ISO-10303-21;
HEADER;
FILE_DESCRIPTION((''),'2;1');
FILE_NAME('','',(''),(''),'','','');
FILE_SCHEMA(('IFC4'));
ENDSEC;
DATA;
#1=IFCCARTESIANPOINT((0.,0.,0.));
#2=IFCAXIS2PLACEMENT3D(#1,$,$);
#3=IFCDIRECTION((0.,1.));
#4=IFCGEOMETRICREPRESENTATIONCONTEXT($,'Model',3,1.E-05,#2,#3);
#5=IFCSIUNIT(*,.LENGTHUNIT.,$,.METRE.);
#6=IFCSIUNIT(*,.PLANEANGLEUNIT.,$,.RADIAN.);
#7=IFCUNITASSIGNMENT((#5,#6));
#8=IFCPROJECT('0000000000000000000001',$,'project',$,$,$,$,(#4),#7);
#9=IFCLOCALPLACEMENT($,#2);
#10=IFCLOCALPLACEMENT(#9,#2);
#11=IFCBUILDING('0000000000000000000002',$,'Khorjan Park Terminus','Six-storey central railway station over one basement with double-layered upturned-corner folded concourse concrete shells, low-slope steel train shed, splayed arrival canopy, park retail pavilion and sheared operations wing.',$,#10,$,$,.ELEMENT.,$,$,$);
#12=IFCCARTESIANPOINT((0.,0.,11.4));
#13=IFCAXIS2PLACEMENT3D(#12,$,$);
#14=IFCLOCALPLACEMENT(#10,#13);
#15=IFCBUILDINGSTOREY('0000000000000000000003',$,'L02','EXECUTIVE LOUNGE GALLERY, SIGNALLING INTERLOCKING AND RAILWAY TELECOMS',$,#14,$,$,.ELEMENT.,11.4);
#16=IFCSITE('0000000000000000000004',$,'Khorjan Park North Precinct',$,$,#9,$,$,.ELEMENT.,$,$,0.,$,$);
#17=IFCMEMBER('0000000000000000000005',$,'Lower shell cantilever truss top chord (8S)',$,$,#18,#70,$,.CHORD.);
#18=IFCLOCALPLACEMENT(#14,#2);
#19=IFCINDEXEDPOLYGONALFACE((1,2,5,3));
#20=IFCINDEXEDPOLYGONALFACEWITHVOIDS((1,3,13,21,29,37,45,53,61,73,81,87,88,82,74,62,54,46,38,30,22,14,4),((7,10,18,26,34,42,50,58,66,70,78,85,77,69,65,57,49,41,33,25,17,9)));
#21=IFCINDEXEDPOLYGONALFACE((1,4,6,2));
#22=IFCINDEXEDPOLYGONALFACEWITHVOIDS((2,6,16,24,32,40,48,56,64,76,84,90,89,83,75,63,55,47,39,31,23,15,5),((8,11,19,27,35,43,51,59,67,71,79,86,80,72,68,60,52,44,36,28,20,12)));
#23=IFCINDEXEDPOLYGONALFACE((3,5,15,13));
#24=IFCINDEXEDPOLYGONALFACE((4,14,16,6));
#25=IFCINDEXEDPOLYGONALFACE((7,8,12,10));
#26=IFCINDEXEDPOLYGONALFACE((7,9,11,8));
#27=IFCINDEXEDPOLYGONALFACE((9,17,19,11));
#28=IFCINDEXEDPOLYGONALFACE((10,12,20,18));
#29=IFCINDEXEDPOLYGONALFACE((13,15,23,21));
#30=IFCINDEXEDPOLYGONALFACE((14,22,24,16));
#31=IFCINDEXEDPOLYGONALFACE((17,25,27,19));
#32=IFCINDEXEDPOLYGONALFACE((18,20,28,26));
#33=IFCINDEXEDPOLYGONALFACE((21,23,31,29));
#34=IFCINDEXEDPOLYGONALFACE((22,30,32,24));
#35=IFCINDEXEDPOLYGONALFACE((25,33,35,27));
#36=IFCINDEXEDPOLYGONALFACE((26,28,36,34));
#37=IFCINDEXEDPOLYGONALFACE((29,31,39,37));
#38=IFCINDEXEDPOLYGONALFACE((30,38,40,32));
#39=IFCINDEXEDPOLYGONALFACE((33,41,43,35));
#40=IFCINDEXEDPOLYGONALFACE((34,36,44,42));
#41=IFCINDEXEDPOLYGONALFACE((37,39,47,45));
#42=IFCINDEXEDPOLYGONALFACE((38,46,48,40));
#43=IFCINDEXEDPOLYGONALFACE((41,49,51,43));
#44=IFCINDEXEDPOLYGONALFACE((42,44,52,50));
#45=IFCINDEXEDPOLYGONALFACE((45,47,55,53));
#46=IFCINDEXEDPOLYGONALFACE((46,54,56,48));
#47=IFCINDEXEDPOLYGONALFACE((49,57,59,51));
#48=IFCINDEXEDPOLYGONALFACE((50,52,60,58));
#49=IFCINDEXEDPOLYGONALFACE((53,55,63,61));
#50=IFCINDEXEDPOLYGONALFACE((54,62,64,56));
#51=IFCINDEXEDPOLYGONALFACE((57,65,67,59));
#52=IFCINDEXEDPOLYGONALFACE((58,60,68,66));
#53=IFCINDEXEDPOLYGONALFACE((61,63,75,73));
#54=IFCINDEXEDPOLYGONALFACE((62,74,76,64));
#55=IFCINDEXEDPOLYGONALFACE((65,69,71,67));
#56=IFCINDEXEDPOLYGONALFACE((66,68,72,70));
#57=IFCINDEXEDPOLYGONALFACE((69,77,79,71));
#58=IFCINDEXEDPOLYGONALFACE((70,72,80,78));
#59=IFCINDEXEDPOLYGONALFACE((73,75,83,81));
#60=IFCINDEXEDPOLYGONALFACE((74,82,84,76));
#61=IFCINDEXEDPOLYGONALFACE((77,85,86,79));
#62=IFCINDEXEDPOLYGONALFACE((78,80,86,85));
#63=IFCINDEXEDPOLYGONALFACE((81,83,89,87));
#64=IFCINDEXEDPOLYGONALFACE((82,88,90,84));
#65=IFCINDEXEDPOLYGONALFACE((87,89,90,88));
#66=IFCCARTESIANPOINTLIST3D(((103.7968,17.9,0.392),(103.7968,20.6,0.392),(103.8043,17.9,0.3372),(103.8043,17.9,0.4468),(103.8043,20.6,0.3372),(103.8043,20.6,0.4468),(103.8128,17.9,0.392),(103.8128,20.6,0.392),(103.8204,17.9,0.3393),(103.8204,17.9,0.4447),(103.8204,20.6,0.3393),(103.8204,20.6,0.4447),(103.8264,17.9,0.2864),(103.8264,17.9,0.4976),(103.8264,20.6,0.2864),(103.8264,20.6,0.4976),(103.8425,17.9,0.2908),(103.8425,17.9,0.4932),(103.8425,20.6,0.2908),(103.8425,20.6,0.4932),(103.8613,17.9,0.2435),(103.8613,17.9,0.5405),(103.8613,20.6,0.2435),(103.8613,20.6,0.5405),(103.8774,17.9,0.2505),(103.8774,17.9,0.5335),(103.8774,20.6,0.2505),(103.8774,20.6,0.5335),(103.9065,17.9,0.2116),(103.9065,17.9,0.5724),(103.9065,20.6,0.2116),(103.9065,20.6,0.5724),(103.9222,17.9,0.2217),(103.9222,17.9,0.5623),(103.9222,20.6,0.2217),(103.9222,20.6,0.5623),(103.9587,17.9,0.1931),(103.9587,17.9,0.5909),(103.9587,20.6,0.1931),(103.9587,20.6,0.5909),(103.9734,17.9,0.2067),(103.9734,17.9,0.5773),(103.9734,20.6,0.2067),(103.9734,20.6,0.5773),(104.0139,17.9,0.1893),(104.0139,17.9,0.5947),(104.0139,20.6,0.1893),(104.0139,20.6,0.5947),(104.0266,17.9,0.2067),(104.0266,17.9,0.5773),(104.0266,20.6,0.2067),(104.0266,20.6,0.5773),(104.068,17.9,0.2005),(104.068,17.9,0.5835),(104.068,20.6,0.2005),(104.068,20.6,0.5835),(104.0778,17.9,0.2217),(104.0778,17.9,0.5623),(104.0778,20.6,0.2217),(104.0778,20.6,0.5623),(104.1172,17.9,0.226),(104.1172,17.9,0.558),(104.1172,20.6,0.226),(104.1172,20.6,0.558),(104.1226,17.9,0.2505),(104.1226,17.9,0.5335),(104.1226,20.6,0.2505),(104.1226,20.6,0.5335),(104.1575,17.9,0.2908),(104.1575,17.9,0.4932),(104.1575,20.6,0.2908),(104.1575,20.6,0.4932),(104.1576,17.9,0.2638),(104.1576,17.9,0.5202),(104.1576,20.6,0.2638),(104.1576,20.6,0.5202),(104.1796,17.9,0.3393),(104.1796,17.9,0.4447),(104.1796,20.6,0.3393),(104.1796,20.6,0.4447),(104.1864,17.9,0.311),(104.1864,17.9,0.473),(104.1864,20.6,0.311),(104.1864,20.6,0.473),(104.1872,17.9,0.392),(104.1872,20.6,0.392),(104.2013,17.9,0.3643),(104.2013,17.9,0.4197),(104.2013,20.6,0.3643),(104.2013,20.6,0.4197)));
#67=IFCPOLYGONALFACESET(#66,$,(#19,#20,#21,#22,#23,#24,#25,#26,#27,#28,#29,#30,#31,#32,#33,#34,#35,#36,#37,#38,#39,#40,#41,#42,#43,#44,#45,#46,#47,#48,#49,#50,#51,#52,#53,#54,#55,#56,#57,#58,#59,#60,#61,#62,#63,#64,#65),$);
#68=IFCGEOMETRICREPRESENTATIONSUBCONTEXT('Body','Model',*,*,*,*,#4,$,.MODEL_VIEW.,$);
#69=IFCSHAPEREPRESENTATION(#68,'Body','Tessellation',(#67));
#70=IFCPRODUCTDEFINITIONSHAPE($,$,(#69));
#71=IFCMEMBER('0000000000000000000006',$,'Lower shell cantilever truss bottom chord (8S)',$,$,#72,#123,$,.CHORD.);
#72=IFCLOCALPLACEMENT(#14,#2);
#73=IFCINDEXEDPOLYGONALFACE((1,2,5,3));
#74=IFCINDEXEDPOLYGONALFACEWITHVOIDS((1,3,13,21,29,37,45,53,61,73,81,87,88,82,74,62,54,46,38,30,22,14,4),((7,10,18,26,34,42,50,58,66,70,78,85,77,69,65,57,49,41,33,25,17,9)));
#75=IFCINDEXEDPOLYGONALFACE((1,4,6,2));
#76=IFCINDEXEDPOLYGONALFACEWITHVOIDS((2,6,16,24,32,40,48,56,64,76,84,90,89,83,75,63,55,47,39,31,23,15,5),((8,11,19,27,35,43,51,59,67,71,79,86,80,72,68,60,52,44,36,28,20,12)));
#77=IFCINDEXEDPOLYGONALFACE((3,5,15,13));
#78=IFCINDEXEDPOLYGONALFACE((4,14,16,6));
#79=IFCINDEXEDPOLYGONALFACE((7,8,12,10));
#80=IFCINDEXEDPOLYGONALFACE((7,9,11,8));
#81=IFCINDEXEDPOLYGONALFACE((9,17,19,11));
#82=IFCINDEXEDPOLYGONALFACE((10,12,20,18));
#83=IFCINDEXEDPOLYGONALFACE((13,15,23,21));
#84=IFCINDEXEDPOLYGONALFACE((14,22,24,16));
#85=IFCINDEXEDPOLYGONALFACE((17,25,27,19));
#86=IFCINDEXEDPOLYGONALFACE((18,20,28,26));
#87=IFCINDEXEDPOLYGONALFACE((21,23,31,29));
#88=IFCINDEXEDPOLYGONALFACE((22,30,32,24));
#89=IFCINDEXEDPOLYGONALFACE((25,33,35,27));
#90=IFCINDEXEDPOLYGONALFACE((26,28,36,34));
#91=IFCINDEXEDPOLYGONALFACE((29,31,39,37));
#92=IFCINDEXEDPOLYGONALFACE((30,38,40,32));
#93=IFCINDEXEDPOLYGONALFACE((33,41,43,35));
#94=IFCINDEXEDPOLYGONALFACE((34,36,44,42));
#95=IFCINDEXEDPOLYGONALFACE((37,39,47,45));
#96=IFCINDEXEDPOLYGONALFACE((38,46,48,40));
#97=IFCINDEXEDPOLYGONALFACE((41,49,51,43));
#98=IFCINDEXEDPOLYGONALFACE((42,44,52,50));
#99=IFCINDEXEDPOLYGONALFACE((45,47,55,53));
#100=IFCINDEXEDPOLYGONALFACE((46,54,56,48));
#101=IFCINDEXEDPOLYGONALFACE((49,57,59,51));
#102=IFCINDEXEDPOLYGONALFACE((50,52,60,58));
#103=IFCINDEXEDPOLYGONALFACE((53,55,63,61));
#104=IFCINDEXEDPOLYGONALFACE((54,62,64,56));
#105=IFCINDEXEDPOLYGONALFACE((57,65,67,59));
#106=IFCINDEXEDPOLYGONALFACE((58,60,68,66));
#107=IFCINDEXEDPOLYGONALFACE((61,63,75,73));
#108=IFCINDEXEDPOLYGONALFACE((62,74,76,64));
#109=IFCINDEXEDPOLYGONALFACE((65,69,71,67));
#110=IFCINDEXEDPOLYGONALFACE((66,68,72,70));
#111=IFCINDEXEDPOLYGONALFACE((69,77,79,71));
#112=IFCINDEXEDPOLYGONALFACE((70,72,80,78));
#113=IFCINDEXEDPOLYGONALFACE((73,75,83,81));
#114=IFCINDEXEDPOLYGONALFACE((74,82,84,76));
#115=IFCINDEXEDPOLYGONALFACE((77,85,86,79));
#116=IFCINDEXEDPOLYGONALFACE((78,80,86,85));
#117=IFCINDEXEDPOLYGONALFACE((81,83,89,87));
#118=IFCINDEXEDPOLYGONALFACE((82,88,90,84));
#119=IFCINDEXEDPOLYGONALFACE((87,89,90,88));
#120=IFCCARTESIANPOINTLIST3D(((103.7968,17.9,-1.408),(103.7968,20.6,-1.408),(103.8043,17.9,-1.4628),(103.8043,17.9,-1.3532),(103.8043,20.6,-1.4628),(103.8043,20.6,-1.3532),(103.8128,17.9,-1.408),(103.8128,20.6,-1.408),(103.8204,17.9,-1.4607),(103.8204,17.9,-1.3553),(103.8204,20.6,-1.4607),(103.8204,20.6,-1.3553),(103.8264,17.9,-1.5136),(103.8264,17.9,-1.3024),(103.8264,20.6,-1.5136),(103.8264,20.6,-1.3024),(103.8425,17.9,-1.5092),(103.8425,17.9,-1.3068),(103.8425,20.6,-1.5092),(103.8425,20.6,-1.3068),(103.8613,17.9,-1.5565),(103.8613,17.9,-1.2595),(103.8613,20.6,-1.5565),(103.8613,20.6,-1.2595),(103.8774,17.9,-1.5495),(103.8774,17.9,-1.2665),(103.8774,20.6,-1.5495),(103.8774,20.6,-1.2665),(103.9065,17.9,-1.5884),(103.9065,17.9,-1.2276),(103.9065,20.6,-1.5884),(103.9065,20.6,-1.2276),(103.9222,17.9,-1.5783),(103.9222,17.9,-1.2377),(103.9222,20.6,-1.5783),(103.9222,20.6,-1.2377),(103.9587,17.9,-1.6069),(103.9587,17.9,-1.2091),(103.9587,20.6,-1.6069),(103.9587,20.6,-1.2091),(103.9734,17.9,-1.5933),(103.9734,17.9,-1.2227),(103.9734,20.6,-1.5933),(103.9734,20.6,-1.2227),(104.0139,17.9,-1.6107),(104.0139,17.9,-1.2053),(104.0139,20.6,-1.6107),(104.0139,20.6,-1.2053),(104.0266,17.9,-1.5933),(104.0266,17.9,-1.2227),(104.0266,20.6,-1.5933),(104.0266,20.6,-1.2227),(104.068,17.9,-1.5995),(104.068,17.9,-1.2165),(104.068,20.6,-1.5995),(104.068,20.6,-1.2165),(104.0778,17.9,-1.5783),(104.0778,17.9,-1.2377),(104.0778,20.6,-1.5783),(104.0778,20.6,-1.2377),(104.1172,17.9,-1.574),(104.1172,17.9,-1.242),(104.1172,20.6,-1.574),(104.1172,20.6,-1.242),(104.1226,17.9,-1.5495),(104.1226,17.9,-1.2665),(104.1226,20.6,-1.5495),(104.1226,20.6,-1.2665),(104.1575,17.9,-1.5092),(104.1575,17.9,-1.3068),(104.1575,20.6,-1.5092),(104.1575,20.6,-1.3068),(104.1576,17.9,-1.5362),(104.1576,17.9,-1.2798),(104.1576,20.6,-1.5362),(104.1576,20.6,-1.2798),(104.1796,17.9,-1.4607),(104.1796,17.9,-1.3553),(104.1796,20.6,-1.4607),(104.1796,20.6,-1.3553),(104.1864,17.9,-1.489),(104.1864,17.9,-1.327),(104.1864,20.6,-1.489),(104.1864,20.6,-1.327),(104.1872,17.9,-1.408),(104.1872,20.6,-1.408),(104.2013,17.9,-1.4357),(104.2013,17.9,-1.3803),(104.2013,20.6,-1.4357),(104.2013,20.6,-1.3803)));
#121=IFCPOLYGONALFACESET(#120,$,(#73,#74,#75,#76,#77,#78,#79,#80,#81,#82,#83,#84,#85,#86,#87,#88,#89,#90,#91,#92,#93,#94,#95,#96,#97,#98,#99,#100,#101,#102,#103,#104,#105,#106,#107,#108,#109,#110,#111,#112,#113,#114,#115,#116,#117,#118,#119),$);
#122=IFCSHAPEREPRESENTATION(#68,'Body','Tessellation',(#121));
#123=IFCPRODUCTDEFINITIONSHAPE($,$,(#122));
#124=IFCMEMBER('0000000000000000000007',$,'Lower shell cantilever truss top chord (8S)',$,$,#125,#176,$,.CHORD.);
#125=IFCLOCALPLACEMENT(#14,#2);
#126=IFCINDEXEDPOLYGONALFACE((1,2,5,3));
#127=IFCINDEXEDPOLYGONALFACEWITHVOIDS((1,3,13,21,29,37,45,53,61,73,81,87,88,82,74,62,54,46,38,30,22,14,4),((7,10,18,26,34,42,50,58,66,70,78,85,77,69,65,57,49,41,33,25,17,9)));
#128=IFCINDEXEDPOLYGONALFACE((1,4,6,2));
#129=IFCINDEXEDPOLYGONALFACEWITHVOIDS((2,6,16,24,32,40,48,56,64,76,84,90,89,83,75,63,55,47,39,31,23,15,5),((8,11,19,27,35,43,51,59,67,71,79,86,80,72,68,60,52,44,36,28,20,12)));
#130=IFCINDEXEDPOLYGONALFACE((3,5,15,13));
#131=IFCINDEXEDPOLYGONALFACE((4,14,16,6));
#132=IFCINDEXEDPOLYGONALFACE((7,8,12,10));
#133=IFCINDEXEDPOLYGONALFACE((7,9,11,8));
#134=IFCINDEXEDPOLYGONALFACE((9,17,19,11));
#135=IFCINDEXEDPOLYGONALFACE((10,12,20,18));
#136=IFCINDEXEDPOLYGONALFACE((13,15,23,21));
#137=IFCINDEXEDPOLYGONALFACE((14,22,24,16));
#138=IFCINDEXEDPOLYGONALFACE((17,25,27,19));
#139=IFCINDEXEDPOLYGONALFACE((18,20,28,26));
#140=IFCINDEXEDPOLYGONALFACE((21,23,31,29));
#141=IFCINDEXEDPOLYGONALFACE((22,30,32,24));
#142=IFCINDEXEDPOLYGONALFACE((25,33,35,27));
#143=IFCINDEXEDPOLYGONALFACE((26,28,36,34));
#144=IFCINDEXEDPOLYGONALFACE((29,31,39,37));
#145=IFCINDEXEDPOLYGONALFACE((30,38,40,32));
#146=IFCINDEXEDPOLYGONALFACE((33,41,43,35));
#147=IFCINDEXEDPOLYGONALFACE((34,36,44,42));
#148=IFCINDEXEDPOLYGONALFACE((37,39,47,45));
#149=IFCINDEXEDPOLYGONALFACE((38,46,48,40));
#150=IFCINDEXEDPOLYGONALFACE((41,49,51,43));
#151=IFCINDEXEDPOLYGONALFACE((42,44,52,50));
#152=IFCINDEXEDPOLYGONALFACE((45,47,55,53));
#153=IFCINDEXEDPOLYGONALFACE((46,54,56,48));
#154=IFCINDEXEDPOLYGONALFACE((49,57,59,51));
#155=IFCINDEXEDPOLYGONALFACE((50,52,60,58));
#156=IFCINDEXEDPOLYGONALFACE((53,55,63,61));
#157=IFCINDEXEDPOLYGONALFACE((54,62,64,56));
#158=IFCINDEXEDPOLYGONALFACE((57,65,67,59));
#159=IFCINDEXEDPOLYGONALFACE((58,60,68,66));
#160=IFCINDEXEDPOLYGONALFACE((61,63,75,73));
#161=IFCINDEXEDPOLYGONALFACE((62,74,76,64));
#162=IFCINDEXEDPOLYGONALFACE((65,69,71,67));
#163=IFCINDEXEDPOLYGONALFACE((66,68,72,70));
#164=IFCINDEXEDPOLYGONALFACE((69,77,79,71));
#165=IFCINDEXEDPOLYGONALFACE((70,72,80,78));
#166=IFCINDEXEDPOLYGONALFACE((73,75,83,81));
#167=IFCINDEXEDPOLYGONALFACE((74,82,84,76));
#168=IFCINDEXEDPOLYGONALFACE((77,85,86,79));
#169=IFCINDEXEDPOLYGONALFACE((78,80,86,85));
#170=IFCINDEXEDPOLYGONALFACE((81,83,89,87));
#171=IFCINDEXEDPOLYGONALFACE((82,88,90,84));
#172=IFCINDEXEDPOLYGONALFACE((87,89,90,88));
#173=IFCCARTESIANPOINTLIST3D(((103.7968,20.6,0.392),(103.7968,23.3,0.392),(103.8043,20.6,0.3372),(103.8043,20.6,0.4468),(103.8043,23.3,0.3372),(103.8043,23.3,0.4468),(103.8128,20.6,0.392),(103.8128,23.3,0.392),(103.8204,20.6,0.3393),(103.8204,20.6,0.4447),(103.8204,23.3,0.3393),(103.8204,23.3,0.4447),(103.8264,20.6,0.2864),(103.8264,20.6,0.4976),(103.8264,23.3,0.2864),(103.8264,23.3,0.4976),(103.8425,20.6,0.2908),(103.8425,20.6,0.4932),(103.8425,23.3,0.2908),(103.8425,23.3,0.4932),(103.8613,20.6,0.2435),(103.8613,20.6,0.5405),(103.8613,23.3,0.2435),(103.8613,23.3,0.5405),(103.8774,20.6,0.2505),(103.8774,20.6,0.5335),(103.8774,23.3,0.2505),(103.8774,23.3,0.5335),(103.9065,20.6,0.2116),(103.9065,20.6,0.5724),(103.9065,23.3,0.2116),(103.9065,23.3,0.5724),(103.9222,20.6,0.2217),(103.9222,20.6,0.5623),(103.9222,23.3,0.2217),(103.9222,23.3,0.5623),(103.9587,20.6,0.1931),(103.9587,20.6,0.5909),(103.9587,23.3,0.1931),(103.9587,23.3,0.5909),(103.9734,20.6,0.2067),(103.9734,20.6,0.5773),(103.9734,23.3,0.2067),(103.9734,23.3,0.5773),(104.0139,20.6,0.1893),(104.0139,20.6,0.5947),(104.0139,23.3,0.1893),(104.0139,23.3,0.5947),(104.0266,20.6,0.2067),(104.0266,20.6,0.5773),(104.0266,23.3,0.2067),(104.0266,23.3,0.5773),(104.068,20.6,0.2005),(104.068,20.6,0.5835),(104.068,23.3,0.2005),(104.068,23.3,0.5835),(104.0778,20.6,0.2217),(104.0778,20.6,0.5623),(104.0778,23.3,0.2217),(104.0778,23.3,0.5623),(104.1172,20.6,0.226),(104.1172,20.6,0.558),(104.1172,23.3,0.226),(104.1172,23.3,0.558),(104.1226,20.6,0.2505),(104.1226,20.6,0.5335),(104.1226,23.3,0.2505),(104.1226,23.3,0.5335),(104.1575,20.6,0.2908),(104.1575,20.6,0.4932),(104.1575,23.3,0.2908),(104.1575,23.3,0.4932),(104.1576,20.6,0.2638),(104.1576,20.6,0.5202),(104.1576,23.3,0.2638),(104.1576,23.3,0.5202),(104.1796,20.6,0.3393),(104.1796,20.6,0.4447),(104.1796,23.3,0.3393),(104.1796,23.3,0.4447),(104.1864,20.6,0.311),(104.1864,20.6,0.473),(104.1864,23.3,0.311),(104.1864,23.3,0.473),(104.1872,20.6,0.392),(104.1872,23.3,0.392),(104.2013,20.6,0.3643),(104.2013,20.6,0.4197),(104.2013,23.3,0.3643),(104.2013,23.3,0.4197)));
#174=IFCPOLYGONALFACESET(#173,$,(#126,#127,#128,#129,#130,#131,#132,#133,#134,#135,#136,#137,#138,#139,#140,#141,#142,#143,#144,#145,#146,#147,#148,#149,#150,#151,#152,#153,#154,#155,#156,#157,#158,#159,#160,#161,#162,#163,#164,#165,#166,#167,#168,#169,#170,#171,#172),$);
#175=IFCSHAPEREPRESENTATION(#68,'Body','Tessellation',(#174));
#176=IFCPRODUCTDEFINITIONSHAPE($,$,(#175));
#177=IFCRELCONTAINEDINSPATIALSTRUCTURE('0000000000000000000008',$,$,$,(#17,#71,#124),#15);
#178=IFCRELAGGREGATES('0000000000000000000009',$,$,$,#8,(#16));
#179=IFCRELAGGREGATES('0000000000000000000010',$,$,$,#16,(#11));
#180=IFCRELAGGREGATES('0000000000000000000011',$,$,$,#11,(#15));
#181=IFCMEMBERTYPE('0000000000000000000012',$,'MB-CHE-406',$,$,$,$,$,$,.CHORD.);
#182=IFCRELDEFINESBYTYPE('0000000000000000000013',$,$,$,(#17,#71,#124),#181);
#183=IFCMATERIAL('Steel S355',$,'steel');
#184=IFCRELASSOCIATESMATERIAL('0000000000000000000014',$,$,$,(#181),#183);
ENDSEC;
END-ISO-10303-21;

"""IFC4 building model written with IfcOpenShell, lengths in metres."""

from ifc_helpers import new_model, si_unit, direction, frame, origin, origin_2d, place, context, subcontext, project, spatial, hollow_circle, extrude, material, material_profile, profile_set, type_object, element, save


model = new_model("IFC4")

# Units and contexts
model_context = context("Model", 3, precision=1e-05, world=origin(), true_north=direction((0.0, 1.0)))
body_context = subcontext(model_context, "Body", "Model", "MODEL_VIEW")
ifc_project = project(units=[si_unit("LENGTHUNIT", "METRE"), si_unit("PLANEANGLEUNIT", "RADIAN")], contexts=[model_context])

# Site, building, storey
site_placement = place(None, origin())
site = spatial("IfcSite", under=ifc_project, at=site_placement, Name="Khorjan Park North Precinct", CompositionType="ELEMENT", RefElevation=0.0)
building_placement = place(site_placement, origin())
building = spatial("IfcBuilding", under=site, at=building_placement, Name="Khorjan Park Terminus", Description="Six-storey central railway station over one basement with double-layered upturned-corner folded concourse concrete shells, low-slope steel train shed, splayed arrival canopy, park retail pavilion and sheared operations wing.", CompositionType="ELEMENT")
storey_placement = place(building_placement, frame((0.0, 0.0, 11.4)))
storey = spatial("IfcBuildingStorey", under=building, at=storey_placement, Name="L02", Description="EXECUTIVE LOUNGE GALLERY, SIGNALLING INTERLOCKING AND RAILWAY TELECOMS", CompositionType="ELEMENT", Elevation=11.4)

# Members
ifc_material_1 = material(Name="Steel S355", Category="steel")
ifc_material_profile_1 = material_profile(ifc_material_1, hollow_circle(Radius=0.2032, WallThickness=0.016, at=origin_2d()), Name="CHS 406.4x16")
ifc_profile_set_1 = profile_set([ifc_material_profile_1], Name="Steel S355")
member_type_1 = type_object("IfcMemberType", Name="MB-CHE-406", PredefinedType="CHORD", material=ifc_profile_set_1)
for number, where, z_axis, x_axis, name in (
    (1, (104.0, 17.9, 0.392), (0.0, 1.0, 0.0), (-1.0, 0.0, 0.0), "Lower shell cantilever truss top chord (8S)"),
    (2, (104.0, 17.9, -1.408), (0.0, 1.0, 0.0), (-1.0, 0.0, 0.0), "Lower shell cantilever truss bottom chord (8S)"),
    (3, (104.0, 20.6, 0.392), (0.0, 1.0, 0.0), (-1.0, 0.0, 0.0), "Lower shell cantilever truss top chord (8S)"),
):
    element("IfcMember", number, at=place(storey_placement, frame(where, z_axis=z_axis, x_axis=x_axis)), inside=storey, type_object=member_type_1, Name=name, PredefinedType="CHORD", context=body_context, shape_type="SweptSolid", body=[
        extrude(hollow_circle(Radius=0.2032, WallThickness=0.016, at=origin_2d()), origin(), (0.0, 0.0, 1.0), 2.7),
    ])

save(model, "model.ifc")
